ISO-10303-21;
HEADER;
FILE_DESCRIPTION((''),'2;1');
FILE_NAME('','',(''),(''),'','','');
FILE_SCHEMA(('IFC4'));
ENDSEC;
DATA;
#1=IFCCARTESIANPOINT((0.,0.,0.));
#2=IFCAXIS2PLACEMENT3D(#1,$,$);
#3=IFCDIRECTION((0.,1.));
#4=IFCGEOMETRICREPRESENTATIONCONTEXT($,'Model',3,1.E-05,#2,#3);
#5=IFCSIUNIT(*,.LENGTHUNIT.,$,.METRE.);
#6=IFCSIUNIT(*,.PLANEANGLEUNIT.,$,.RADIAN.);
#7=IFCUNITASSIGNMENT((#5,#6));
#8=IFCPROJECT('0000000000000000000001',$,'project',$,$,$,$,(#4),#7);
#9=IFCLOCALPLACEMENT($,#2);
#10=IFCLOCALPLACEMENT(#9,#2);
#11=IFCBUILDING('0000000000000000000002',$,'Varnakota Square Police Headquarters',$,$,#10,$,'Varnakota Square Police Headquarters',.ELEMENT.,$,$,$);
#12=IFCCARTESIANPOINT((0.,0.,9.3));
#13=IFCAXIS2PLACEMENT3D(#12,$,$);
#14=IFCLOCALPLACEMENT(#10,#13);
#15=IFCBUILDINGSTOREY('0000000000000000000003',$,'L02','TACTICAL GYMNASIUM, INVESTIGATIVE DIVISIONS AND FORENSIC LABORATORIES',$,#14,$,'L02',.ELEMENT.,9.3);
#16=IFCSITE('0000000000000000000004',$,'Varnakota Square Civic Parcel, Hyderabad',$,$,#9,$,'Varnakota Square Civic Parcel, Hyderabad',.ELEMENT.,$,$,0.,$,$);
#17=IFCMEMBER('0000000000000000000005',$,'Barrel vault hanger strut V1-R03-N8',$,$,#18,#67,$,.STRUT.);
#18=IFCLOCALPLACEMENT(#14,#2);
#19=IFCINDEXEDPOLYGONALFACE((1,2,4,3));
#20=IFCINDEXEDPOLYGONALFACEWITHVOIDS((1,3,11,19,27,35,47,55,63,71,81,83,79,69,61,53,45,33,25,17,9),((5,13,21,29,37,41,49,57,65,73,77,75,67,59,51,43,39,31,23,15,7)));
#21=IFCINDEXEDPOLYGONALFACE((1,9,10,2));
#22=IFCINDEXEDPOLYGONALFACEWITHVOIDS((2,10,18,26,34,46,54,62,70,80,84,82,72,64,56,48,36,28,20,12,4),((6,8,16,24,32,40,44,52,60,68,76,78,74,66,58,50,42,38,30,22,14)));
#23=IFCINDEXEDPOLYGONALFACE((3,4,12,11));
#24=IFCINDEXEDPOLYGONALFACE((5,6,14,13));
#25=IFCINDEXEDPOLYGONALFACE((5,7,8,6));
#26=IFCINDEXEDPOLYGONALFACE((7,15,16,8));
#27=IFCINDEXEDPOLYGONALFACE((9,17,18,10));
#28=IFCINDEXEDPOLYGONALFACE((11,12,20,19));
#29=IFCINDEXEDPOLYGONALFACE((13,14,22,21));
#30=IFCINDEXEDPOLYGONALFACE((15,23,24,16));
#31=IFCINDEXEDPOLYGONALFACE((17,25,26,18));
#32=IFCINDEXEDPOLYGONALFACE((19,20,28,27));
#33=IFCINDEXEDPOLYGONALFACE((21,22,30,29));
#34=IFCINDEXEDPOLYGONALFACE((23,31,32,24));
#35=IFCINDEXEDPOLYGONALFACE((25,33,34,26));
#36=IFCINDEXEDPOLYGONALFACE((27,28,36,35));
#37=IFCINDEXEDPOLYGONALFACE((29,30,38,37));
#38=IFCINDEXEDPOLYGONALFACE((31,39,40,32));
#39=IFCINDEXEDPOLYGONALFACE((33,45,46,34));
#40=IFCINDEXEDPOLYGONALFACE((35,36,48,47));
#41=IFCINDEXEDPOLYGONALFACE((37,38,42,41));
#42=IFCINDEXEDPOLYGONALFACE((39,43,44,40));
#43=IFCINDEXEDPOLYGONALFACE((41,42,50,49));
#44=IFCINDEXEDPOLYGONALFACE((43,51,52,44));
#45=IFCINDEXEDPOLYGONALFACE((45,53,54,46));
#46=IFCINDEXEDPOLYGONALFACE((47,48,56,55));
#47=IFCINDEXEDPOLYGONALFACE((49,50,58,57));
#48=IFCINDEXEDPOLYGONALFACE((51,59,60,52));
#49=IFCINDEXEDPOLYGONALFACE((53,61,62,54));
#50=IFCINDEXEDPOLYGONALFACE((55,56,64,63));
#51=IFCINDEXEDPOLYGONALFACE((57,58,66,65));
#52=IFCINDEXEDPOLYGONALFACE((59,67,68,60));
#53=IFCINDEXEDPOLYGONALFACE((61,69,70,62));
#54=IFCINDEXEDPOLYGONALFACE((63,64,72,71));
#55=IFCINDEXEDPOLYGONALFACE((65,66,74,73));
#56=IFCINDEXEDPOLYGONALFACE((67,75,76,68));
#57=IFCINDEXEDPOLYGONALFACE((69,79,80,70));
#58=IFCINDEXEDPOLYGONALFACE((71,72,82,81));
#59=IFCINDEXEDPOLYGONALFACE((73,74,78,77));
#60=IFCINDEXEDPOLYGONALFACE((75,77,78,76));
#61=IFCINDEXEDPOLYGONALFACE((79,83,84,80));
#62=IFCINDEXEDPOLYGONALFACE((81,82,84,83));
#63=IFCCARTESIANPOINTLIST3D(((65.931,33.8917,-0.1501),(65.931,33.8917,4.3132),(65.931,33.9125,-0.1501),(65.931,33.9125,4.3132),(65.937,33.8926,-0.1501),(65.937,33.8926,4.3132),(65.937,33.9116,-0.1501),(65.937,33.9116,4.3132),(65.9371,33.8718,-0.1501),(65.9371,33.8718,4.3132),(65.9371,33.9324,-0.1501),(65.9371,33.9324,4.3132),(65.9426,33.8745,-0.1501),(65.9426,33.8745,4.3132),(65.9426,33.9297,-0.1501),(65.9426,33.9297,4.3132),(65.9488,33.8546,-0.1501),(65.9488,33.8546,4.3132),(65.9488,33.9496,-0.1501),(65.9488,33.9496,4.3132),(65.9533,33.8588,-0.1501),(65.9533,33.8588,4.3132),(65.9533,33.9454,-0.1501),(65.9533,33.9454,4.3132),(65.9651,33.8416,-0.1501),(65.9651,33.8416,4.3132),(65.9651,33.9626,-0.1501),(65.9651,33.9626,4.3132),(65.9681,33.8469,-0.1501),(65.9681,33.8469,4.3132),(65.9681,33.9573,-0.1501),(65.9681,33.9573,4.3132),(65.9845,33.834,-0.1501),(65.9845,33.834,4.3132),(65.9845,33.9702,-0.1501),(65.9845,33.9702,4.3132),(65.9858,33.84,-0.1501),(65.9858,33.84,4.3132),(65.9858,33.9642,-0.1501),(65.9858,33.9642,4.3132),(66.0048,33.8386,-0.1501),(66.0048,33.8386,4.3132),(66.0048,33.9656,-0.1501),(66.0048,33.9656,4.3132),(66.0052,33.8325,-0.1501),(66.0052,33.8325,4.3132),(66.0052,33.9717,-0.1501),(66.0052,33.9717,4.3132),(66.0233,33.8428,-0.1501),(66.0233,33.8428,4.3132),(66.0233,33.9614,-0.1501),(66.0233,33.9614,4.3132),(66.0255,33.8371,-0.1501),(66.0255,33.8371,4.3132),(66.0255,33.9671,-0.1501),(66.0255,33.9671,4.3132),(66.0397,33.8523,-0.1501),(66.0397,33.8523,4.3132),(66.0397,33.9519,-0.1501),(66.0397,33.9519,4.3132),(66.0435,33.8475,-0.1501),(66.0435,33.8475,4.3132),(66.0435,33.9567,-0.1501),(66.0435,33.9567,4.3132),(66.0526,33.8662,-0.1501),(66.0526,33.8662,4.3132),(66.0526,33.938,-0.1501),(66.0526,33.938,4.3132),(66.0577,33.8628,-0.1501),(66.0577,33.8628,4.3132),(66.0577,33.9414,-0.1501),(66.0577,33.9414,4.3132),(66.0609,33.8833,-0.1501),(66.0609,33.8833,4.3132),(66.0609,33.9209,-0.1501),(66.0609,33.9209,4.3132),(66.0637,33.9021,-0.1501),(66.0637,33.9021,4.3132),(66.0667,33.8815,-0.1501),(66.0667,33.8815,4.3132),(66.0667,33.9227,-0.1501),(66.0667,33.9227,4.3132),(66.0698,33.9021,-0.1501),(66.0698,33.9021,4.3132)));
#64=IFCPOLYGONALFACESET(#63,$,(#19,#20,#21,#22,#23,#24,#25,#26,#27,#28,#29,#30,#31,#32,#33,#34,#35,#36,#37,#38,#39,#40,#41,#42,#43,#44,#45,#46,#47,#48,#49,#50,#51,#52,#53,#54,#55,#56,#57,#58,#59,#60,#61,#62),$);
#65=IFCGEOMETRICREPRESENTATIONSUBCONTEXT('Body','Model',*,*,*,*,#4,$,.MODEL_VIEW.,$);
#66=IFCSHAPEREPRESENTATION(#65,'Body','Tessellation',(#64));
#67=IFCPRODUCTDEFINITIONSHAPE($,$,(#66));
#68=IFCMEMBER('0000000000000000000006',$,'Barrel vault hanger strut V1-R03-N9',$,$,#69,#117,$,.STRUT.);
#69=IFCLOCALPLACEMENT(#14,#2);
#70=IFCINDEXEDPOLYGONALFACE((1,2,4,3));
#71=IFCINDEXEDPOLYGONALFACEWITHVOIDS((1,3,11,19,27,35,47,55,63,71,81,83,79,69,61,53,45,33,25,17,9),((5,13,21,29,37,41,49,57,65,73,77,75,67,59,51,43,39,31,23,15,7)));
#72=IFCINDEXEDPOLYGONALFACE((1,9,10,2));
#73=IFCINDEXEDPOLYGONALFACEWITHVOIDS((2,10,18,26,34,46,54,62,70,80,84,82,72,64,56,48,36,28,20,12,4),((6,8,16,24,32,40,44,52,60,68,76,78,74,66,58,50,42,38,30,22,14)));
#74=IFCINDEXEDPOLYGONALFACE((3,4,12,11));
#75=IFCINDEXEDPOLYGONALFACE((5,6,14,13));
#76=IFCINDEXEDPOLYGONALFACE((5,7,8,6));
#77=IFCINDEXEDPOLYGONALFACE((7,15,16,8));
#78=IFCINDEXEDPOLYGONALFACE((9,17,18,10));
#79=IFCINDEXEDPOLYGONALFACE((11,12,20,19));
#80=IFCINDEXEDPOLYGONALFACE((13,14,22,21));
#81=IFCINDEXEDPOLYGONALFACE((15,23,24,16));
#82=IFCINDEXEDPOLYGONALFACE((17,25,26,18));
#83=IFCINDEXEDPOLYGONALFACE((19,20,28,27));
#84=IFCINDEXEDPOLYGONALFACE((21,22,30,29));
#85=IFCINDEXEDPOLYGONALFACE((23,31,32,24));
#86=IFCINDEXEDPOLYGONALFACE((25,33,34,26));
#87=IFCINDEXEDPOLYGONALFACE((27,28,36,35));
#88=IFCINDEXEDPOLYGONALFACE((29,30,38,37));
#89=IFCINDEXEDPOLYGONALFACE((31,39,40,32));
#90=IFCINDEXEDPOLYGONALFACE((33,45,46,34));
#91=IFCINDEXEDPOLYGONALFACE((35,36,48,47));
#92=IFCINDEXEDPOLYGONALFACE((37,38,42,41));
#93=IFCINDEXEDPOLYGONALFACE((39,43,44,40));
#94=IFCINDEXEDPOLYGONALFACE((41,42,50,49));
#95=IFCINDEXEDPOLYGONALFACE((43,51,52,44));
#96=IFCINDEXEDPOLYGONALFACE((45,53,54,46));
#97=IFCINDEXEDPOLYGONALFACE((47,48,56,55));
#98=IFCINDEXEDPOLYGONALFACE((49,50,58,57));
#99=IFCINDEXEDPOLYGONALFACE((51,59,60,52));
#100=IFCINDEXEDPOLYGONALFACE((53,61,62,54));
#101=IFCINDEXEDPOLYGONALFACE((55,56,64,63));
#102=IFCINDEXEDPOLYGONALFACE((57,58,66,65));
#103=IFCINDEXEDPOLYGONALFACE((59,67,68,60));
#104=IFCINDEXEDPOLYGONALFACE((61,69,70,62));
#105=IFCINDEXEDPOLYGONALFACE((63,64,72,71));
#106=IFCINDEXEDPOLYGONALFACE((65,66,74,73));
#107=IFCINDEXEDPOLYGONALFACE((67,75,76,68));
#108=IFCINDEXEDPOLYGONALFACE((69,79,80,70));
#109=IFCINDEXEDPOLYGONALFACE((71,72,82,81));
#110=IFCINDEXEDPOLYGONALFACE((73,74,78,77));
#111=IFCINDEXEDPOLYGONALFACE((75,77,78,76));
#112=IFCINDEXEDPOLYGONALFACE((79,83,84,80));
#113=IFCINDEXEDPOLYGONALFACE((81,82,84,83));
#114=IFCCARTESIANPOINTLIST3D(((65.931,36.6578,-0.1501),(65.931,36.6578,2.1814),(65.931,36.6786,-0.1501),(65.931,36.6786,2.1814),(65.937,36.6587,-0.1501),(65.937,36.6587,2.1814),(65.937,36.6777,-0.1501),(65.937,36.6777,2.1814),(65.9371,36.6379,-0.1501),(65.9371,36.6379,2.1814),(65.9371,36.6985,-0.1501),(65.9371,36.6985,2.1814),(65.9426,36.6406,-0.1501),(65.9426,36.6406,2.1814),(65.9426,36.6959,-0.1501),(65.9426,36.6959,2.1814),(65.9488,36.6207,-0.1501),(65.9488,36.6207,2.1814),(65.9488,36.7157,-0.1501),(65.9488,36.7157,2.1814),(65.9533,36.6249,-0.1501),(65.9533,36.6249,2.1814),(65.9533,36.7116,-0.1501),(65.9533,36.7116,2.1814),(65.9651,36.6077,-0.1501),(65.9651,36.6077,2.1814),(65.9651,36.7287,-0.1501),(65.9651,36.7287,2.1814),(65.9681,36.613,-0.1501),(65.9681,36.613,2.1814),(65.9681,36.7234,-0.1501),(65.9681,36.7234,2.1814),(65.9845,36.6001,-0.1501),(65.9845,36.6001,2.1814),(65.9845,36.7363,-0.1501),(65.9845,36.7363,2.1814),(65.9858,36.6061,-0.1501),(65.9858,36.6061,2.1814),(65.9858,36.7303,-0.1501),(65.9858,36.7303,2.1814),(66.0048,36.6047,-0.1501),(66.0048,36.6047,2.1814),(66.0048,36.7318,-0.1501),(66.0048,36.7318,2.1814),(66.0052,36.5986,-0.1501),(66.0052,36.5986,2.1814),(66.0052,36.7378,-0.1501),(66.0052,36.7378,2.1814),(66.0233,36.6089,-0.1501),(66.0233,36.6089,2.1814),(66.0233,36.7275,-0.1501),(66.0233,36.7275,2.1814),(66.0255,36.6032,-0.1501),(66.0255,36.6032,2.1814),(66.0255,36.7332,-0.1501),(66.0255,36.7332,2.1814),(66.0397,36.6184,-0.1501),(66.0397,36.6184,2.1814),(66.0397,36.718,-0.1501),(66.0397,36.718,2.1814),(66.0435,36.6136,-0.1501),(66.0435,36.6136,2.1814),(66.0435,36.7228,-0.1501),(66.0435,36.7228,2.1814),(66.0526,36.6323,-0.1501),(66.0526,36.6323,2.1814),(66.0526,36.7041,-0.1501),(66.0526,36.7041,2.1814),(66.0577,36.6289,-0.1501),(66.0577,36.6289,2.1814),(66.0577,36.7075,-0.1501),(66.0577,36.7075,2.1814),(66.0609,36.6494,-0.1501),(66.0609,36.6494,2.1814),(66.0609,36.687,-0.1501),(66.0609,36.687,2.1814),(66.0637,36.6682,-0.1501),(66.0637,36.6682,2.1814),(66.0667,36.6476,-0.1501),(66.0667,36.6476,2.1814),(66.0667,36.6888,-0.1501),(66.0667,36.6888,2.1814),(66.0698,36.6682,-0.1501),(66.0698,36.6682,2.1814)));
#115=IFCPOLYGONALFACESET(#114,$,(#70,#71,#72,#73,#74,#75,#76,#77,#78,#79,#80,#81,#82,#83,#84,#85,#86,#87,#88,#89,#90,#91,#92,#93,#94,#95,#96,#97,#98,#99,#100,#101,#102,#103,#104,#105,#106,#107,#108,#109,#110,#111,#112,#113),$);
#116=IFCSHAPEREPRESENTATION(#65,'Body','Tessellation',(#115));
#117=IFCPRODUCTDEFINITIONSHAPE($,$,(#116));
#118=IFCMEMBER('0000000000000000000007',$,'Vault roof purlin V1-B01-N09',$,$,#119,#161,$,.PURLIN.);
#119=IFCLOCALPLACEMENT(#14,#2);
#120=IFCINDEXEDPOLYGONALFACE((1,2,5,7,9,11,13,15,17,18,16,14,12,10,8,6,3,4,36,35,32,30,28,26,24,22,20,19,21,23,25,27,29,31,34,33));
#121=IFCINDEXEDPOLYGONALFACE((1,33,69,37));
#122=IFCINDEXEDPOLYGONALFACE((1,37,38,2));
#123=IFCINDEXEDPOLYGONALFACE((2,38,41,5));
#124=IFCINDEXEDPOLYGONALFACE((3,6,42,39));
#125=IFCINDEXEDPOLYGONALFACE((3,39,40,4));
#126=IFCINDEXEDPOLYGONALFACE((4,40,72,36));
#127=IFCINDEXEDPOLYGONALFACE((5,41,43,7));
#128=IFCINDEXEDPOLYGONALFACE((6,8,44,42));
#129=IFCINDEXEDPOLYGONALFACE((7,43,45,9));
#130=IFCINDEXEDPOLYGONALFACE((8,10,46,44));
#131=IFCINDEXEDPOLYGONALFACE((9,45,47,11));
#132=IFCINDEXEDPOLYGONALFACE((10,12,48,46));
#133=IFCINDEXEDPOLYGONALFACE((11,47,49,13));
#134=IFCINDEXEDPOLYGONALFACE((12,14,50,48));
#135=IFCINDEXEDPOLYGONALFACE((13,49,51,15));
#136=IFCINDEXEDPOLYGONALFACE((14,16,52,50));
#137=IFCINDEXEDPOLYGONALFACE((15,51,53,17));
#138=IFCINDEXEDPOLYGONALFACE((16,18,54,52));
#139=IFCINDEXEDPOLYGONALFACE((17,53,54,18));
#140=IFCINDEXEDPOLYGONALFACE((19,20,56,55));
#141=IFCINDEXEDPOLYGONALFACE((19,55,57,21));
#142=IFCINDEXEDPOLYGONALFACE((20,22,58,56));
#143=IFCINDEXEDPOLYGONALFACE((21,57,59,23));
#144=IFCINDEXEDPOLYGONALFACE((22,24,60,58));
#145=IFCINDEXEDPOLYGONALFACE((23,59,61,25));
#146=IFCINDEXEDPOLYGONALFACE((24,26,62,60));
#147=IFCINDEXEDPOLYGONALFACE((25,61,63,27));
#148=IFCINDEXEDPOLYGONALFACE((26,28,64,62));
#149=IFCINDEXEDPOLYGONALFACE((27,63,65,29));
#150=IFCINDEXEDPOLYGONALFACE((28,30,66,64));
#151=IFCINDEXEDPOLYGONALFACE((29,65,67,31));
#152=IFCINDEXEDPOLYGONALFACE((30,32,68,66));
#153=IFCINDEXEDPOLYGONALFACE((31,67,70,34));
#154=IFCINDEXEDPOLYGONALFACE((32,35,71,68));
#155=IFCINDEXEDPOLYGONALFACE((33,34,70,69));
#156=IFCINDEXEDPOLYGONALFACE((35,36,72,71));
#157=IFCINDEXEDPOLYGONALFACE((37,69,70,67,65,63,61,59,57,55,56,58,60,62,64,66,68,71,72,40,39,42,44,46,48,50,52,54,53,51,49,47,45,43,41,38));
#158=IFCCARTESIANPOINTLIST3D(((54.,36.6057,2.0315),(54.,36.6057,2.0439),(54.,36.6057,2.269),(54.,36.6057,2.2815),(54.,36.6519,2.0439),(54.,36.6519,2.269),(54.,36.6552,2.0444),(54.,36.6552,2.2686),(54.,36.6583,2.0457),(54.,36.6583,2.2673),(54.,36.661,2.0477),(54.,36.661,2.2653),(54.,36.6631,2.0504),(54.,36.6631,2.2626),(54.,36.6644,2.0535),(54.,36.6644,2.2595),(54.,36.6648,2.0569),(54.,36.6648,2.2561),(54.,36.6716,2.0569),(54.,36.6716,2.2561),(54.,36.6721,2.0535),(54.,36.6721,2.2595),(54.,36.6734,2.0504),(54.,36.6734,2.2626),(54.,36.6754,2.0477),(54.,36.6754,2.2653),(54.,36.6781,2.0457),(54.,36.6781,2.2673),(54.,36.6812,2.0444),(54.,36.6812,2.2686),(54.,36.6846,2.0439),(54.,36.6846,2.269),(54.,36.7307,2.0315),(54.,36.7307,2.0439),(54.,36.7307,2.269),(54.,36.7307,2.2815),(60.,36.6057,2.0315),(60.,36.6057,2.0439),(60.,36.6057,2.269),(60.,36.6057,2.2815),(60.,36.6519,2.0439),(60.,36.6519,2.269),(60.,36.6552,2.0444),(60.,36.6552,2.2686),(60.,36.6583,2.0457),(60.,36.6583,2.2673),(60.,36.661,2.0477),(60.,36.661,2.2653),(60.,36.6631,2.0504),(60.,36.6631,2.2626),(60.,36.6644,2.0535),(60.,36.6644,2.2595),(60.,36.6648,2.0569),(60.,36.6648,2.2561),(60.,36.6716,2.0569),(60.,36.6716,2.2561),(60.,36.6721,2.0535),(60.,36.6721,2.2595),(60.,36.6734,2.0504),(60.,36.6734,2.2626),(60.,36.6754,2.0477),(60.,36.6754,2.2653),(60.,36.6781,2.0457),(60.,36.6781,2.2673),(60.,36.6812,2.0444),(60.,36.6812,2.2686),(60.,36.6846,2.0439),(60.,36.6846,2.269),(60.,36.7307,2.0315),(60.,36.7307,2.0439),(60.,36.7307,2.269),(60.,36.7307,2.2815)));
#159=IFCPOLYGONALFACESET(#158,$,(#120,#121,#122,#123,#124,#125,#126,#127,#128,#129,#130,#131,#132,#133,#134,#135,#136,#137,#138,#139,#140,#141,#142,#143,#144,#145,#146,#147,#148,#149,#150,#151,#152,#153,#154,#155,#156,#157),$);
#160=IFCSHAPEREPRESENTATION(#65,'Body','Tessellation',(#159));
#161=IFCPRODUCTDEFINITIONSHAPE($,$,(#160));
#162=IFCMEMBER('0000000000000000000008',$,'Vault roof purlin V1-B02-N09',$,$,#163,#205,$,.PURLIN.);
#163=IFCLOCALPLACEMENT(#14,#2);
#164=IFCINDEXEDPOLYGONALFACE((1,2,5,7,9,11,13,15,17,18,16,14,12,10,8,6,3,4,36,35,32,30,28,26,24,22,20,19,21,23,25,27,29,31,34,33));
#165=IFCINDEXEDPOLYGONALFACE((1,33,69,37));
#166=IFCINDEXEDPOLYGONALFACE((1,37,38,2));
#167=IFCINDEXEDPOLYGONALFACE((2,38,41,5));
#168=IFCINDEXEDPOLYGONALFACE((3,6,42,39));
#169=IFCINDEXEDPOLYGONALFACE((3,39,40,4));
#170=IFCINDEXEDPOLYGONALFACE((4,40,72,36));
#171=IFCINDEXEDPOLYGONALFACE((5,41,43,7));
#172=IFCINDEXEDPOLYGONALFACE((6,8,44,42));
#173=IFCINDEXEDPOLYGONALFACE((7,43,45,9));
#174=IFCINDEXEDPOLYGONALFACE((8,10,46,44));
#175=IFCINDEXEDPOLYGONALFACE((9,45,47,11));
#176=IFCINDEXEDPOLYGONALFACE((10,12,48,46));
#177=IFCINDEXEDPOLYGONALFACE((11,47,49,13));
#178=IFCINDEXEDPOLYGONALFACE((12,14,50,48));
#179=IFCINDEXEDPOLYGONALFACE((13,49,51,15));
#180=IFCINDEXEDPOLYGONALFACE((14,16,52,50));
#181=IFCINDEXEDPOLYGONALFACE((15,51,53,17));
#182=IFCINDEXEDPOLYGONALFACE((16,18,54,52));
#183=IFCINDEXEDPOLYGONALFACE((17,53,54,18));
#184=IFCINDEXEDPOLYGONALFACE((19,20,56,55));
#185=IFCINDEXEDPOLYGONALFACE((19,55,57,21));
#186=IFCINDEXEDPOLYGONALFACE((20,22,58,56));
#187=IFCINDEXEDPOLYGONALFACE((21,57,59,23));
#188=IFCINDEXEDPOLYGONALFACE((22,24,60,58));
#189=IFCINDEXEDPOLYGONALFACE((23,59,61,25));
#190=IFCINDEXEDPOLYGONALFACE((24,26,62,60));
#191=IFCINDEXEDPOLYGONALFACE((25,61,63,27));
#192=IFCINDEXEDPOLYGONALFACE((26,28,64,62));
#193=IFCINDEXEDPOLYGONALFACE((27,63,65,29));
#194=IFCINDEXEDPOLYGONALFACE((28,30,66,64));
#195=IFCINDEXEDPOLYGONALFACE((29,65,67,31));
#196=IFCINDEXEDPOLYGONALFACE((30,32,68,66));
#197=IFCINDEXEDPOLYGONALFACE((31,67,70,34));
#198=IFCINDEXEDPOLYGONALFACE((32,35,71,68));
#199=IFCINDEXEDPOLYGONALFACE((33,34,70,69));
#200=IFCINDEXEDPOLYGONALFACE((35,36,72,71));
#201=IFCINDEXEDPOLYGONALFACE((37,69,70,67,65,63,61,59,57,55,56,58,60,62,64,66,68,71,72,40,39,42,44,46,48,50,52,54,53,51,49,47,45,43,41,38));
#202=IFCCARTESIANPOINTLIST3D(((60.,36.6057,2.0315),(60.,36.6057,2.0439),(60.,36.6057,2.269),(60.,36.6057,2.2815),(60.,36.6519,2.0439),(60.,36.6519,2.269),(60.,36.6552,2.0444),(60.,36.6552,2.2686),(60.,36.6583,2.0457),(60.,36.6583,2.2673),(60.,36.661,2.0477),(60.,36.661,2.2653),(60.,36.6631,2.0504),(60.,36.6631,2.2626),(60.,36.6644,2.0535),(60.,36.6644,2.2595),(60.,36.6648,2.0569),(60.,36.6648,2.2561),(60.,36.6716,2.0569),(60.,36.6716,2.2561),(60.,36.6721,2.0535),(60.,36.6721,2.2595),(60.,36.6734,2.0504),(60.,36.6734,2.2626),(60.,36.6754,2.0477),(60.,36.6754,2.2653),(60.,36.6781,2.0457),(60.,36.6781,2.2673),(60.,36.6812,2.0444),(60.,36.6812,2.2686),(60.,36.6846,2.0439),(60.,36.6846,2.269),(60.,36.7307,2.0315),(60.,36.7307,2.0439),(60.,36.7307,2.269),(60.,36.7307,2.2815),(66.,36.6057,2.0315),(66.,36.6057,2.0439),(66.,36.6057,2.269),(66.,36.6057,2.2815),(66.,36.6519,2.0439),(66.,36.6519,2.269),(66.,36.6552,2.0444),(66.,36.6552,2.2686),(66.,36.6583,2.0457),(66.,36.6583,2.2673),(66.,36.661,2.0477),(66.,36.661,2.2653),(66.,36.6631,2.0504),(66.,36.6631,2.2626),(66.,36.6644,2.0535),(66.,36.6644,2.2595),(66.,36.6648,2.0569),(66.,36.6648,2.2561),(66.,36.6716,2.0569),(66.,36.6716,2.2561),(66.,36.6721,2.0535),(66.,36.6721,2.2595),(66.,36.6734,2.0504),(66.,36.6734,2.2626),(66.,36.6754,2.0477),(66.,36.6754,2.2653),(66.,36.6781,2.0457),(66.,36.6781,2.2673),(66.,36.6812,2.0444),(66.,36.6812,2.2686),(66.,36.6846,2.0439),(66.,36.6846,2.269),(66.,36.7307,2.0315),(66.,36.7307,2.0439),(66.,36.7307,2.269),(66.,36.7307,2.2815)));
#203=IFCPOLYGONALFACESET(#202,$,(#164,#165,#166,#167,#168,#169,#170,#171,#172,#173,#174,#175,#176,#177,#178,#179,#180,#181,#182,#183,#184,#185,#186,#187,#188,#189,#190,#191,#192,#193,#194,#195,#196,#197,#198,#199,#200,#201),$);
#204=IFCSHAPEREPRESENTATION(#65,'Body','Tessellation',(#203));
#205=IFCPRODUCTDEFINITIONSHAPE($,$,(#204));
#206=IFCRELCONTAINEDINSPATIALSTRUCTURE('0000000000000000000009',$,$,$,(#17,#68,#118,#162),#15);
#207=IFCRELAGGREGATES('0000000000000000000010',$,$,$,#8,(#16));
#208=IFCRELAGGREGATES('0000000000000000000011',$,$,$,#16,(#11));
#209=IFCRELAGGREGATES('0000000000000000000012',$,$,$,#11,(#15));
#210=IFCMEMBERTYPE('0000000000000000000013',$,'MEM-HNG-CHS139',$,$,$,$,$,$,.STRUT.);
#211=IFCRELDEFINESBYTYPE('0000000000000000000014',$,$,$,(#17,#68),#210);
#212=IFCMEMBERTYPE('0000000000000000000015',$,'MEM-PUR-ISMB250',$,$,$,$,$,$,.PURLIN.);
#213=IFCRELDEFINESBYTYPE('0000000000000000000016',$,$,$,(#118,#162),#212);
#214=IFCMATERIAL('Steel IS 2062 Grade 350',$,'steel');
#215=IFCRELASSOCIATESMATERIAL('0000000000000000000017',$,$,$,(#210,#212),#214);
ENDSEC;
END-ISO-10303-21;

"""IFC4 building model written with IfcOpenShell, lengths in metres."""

from ifc_helpers import new_model, si_unit, direction, frame, origin, origin_2d, place, context, subcontext, project, spatial, hollow_circle, i_section, extrude, material, material_profile, profile_set, type_object, element, save


model = new_model("IFC4")

# Units and contexts
model_context = context("Model", 3, precision=1e-05, world=origin(), true_north=direction((0.0, 1.0)))
body_context = subcontext(model_context, "Body", "Model", "MODEL_VIEW")
ifc_project = project(units=[si_unit("LENGTHUNIT", "METRE"), si_unit("PLANEANGLEUNIT", "RADIAN")], contexts=[model_context])

# Site, building, storey
site_placement = place(None, origin())
site = spatial("IfcSite", under=ifc_project, at=site_placement, Name="Varnakota Square Civic Parcel, Hyderabad", LongName="Varnakota Square Civic Parcel, Hyderabad", CompositionType="ELEMENT", RefElevation=0.0)
building_placement = place(site_placement, origin())
building = spatial("IfcBuilding", under=site, at=building_placement, Name="Varnakota Square Police Headquarters", LongName="Varnakota Square Police Headquarters", CompositionType="ELEMENT")
storey_placement = place(building_placement, frame((0.0, 0.0, 9.3)))
storey = spatial("IfcBuildingStorey", under=building, at=storey_placement, Name="L02", Description="TACTICAL GYMNASIUM, INVESTIGATIVE DIVISIONS AND FORENSIC LABORATORIES", LongName="L02", CompositionType="ELEMENT", Elevation=9.3)

# Shared definitions
ifc_material_1 = material(Name="Steel IS 2062 Grade 350", Category="steel")

# Members
ifc_material_profile_1 = material_profile(ifc_material_1, hollow_circle(Radius=0.0698, WallThickness=0.0061, at=origin_2d()), Name="CHS 139.7x6.0")
ifc_profile_set_1 = profile_set([ifc_material_profile_1], Name="Steel IS 2062 Grade 350")
member_type_1 = type_object("IfcMemberType", Name="MEM-HNG-CHS139", PredefinedType="STRUT", material=ifc_profile_set_1)
member_1_placement = place(storey_placement, frame((66.0, 33.9021, -0.1501), z_axis=(0.0, 0.0, 1.0), x_axis=(1.0, 0.0, 0.0)))
element("IfcMember", 1, at=member_1_placement, inside=storey, type_object=member_type_1, Name="Barrel vault hanger strut V1-R03-N8", PredefinedType="STRUT", context=body_context, shape_type="SweptSolid", body=[
    extrude(hollow_circle(Radius=0.0698, WallThickness=0.0061, at=origin_2d()), origin(), (0.0, 0.0, 1.0), 4.4634),
])
member_2_placement = place(storey_placement, frame((66.0, 36.6682, -0.1501), z_axis=(0.0, 0.0, 1.0), x_axis=(1.0, 0.0, 0.0)))
element("IfcMember", 2, at=member_2_placement, inside=storey, type_object=member_type_1, Name="Barrel vault hanger strut V1-R03-N9", PredefinedType="STRUT", context=body_context, shape_type="SweptSolid", body=[
    extrude(hollow_circle(Radius=0.0698, WallThickness=0.0061, at=origin_2d()), origin(), (0.0, 0.0, 1.0), 2.3315),
])
ifc_material_profile_2 = material_profile(ifc_material_1, i_section(OverallWidth=0.125, OverallDepth=0.25, WebThickness=0.0068, FlangeThickness=0.0125, FilletRadius=0.0129, at=origin_2d()), Name="ISMB 250")
ifc_profile_set_2 = profile_set([ifc_material_profile_2], Name="Steel IS 2062 Grade 350")
member_type_2 = type_object("IfcMemberType", Name="MEM-PUR-ISMB250", PredefinedType="PURLIN", material=ifc_profile_set_2)
for number, where, z_axis, x_axis, name in (
    (3, (54.0, 36.6682, 2.1565), (1.0, 0.0, 0.0), (0.0, 1.0, 0.0), "Vault roof purlin V1-B01-N09"),
    (4, (60.0, 36.6682, 2.1565), (1.0, 0.0, 0.0), (0.0, 1.0, 0.0), "Vault roof purlin V1-B02-N09"),
):
    element("IfcMember", number, at=place(storey_placement, frame(where, z_axis=z_axis, x_axis=x_axis)), inside=storey, type_object=member_type_2, Name=name, PredefinedType="PURLIN", context=body_context, shape_type="SweptSolid", body=[
        extrude(i_section(OverallWidth=0.125, OverallDepth=0.25, WebThickness=0.0068, FlangeThickness=0.0125, FilletRadius=0.0129, at=origin_2d()), origin(), (0.0, 0.0, 1.0), 6.0),
    ])

save(model, "model.ifc")
